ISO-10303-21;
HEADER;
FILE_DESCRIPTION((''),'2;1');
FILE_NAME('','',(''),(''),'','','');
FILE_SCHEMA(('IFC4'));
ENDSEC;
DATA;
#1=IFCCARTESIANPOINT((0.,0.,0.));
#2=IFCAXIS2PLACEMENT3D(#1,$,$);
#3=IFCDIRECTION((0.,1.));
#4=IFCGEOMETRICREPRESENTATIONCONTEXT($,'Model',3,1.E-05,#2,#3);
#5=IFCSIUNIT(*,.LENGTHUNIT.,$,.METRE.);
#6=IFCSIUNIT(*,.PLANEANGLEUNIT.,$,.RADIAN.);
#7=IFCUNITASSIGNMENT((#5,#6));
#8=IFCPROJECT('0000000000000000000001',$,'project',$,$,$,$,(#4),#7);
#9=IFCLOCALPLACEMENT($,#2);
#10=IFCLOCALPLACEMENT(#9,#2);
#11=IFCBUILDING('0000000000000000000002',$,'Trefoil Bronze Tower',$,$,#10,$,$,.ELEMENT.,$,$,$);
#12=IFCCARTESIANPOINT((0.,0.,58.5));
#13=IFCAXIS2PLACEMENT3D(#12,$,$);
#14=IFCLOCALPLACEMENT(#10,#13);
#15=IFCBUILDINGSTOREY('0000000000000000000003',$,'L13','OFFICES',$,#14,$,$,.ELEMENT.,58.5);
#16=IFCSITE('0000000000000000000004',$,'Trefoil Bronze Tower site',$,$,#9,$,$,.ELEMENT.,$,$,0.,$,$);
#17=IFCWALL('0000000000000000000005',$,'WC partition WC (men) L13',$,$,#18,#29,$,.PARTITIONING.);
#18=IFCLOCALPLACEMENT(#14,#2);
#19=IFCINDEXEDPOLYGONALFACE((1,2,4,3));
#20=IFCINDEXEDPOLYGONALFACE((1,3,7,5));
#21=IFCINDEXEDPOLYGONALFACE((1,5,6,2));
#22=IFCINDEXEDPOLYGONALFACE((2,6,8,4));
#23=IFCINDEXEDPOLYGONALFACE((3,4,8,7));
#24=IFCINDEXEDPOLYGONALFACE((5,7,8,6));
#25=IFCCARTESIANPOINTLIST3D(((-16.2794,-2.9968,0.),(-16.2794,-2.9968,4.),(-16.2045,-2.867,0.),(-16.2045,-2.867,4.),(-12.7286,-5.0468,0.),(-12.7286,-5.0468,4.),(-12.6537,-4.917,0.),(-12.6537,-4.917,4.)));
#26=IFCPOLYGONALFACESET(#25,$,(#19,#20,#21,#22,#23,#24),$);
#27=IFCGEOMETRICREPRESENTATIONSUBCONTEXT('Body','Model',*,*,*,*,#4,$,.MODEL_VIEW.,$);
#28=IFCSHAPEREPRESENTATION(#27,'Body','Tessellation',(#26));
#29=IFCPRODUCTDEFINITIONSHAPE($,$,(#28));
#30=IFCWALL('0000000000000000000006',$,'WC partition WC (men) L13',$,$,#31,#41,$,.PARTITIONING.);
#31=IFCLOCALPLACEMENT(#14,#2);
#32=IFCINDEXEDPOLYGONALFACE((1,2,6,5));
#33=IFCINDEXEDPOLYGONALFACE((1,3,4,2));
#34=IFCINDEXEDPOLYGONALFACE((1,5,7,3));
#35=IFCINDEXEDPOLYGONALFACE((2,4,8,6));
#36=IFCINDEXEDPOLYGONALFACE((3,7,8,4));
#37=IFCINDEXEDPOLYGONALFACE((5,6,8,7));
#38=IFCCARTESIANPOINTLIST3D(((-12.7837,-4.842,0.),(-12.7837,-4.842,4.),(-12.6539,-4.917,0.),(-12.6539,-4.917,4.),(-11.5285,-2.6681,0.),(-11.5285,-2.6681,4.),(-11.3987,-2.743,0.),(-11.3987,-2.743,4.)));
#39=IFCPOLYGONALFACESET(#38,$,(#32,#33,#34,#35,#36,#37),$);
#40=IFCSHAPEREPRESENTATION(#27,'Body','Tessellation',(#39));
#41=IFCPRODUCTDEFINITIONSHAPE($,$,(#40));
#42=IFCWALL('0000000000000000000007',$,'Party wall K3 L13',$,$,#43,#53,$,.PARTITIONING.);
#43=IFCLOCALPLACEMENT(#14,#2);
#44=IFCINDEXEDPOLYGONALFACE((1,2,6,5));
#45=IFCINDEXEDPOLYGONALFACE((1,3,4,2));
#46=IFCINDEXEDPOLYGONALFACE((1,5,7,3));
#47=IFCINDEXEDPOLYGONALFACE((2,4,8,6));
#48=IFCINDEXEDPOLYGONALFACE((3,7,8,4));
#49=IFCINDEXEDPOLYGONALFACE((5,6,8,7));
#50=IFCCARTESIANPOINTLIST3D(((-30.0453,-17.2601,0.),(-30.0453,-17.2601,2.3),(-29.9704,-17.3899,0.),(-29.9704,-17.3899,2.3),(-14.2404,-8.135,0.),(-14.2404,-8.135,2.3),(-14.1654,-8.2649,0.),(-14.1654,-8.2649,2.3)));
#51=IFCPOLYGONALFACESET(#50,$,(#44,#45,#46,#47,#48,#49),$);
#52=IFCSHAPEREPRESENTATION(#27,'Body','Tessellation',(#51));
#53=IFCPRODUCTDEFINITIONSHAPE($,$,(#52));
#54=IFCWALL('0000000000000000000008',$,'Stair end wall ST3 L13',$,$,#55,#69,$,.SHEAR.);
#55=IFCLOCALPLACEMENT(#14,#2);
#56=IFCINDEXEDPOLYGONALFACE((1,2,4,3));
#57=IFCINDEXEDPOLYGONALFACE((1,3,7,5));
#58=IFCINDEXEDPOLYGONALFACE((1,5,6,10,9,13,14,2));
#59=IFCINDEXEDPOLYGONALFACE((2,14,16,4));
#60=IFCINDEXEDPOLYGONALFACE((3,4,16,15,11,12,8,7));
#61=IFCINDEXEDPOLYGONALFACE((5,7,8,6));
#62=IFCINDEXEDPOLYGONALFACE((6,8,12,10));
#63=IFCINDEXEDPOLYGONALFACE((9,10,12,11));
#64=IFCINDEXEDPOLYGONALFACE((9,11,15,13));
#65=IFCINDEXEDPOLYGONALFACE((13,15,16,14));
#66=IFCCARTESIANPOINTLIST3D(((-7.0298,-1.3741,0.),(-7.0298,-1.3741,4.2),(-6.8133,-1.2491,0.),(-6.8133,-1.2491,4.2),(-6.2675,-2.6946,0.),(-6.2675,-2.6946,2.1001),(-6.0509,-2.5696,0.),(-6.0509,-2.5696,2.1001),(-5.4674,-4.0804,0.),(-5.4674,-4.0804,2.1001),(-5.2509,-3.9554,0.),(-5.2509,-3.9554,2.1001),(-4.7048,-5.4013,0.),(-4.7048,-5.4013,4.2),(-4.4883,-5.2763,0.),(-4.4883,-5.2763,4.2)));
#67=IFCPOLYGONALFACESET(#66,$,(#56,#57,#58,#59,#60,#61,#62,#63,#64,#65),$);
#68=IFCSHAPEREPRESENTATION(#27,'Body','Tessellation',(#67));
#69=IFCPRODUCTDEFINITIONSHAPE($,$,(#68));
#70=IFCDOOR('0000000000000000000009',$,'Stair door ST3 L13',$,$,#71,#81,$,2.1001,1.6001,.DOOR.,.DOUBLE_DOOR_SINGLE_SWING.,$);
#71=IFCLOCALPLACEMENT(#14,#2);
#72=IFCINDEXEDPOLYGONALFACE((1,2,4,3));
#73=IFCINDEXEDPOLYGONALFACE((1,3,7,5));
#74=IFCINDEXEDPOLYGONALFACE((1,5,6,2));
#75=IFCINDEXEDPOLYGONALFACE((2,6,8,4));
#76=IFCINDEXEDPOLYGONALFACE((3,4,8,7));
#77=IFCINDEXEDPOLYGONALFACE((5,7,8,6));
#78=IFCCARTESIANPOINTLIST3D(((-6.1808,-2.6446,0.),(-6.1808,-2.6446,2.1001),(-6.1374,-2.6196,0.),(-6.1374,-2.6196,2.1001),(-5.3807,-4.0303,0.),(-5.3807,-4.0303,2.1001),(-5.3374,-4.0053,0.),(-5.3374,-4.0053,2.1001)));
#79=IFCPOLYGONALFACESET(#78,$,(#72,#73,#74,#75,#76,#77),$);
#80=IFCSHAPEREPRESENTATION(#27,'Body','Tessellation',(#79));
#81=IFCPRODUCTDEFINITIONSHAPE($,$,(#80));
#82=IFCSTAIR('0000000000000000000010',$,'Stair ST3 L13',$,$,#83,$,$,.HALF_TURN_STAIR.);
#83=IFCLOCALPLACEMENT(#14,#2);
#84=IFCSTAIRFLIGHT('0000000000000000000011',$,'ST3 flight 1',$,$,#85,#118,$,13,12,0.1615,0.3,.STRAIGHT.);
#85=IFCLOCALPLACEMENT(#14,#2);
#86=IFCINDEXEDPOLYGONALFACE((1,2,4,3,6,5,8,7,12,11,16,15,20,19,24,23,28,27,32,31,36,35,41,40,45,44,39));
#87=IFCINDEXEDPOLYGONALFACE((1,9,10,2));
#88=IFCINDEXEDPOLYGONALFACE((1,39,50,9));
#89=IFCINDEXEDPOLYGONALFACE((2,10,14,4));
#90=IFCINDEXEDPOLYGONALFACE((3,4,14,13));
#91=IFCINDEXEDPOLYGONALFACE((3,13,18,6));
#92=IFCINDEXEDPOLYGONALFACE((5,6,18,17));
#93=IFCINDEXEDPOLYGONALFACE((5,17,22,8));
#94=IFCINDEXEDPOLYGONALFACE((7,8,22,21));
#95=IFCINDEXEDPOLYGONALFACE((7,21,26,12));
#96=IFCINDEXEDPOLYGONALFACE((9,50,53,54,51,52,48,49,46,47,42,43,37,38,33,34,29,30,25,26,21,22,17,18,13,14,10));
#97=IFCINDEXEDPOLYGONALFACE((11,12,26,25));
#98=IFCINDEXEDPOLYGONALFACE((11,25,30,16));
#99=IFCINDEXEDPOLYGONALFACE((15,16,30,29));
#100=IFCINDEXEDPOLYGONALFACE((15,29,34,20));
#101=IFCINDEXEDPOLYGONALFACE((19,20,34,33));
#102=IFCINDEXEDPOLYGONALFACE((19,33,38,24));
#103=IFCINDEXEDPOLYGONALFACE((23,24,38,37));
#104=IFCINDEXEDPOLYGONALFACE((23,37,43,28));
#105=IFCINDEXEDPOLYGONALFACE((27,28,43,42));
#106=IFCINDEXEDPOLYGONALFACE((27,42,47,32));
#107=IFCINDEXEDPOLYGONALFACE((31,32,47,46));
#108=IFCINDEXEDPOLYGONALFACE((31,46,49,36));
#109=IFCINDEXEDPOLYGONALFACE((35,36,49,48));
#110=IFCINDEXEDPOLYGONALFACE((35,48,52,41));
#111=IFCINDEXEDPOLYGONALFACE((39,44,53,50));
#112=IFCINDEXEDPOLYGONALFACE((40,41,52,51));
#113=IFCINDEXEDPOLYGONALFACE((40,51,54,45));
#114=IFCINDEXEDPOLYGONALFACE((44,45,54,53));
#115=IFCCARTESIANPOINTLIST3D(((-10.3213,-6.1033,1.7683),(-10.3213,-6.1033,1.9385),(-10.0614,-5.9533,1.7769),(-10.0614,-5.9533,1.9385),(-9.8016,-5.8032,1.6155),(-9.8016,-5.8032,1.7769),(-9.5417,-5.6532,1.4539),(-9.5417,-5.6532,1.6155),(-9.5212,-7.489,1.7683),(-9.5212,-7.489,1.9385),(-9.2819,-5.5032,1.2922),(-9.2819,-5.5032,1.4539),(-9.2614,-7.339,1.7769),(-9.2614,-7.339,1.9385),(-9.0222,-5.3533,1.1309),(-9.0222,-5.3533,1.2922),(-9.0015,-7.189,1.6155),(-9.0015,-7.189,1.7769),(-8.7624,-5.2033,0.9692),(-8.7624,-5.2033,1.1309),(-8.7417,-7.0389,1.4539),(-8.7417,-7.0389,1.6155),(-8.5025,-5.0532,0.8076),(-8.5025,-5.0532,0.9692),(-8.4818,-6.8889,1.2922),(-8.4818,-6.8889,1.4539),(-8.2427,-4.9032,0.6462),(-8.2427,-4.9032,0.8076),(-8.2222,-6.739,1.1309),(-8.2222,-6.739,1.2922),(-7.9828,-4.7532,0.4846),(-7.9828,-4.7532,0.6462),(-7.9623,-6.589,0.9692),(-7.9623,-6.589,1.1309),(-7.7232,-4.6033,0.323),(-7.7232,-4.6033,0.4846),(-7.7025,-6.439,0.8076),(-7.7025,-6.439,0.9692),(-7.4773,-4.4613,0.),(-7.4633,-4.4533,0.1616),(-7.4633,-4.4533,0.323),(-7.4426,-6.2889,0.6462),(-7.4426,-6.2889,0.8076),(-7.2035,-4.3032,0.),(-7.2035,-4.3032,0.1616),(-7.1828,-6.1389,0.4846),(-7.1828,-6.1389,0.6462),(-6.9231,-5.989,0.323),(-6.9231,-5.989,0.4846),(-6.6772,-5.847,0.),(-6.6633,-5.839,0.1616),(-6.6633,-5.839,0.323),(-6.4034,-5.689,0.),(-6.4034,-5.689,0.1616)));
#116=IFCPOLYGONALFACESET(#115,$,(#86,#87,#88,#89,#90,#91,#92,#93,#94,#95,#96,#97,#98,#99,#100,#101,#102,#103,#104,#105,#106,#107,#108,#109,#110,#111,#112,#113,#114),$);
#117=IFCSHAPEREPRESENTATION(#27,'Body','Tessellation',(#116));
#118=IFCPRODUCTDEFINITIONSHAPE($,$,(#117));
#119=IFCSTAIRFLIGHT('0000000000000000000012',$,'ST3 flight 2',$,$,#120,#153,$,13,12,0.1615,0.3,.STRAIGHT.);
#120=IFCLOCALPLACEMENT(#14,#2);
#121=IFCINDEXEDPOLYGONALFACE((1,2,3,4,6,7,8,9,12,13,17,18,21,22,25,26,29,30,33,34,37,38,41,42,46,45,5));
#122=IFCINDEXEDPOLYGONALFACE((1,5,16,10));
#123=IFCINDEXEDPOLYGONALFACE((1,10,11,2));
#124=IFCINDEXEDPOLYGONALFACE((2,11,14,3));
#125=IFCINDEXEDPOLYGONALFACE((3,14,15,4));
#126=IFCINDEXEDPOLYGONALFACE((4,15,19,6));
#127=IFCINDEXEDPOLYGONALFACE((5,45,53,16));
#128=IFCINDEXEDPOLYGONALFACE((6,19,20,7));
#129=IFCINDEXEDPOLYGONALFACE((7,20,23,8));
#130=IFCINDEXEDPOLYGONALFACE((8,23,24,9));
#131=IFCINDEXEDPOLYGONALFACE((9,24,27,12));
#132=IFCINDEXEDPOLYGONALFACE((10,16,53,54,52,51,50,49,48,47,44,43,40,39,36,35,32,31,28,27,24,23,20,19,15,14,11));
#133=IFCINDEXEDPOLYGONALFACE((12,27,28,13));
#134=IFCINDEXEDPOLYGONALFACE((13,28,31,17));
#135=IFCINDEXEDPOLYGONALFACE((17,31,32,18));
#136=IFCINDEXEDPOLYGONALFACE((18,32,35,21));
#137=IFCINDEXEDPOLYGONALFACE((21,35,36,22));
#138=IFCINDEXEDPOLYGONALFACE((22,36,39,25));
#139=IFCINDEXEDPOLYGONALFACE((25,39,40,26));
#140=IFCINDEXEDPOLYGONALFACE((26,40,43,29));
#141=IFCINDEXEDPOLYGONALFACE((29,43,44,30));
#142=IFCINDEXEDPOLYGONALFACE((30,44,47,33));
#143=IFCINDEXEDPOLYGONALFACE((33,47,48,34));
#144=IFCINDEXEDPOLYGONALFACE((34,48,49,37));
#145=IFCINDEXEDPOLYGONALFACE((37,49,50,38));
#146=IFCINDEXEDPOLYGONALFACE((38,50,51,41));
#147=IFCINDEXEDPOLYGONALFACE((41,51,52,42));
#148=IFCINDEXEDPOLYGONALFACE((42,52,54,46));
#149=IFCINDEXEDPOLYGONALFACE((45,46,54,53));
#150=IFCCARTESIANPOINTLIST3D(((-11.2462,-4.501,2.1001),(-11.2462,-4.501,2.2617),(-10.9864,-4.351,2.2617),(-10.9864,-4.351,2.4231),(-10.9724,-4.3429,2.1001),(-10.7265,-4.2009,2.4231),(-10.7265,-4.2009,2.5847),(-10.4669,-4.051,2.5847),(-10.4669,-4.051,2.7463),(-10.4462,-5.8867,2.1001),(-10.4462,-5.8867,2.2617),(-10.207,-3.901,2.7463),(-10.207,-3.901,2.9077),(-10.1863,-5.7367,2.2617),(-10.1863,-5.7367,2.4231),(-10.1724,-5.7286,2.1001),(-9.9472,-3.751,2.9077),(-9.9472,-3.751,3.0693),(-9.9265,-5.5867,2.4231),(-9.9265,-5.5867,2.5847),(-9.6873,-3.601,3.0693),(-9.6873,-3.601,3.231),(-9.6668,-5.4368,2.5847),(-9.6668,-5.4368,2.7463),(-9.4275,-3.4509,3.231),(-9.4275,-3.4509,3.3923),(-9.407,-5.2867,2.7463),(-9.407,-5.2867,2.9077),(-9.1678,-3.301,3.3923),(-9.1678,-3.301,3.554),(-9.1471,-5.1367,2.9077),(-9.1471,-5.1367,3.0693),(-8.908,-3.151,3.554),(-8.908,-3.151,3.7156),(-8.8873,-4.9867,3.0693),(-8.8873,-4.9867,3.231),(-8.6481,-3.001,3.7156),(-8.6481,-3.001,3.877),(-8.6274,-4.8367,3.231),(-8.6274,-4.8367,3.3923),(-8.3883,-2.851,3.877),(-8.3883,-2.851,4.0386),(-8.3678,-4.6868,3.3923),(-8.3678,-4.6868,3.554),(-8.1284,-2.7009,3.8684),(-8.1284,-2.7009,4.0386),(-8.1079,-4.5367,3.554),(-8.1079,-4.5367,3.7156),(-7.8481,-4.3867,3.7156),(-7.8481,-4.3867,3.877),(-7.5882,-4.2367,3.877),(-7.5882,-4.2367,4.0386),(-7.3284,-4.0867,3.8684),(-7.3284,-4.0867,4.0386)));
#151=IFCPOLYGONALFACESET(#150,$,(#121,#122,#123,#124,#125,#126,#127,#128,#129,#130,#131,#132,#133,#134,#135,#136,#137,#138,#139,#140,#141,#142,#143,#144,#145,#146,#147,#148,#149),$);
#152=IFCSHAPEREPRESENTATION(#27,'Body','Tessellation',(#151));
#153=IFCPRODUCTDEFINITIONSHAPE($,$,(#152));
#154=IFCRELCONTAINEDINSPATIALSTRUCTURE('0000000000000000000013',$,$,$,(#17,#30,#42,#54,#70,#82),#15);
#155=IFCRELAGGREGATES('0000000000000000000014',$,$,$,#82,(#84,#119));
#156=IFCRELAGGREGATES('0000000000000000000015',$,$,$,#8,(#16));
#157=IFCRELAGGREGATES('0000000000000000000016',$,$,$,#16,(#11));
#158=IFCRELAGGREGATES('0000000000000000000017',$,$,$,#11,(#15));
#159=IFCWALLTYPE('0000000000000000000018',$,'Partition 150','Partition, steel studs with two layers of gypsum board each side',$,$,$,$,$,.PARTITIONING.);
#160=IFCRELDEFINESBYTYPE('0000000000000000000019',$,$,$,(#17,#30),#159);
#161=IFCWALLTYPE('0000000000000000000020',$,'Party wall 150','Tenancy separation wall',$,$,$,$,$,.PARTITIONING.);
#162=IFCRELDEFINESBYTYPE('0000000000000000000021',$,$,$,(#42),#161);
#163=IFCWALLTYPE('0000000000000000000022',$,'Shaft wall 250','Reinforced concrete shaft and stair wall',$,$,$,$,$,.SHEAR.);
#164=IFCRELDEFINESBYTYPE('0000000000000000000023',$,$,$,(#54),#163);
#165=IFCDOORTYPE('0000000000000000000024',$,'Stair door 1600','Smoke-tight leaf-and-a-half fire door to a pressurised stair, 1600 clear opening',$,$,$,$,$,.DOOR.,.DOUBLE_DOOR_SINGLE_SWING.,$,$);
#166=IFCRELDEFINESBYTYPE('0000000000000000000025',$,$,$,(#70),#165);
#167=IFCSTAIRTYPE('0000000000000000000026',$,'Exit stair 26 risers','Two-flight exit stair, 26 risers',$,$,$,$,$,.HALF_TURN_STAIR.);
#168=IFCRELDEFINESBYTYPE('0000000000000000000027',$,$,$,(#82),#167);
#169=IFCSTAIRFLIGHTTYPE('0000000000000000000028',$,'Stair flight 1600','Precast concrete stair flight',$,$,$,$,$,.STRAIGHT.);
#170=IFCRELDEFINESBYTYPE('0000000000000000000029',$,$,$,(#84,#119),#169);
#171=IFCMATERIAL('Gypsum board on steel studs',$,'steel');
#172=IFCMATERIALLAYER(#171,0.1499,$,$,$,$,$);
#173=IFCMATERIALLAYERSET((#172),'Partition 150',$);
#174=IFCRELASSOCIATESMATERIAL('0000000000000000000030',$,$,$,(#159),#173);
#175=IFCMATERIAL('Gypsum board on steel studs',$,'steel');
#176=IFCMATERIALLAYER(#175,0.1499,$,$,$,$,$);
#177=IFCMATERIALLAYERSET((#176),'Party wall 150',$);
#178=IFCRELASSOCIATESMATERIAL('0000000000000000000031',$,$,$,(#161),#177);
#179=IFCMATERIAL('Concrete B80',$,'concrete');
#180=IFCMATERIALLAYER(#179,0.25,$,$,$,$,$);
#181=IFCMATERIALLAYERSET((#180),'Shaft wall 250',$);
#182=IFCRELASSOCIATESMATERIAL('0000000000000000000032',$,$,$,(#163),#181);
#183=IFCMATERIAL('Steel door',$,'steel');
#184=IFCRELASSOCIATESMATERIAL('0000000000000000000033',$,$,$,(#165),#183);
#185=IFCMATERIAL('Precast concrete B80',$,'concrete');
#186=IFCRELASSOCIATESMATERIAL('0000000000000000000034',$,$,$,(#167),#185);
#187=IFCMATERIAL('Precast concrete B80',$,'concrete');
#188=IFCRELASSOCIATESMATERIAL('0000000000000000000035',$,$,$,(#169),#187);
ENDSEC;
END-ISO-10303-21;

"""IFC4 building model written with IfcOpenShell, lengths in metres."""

from ifc_helpers import new_model, si_unit, direction, frame, frame_2d, origin, place, context, subcontext, project, spatial, polyline, rectangle, outline, extrude, material, layer, layer_set, type_object, element, fill, aggregate, save


model = new_model("IFC4")

# Units and contexts
model_context = context("Model", 3, precision=1e-05, world=origin(), true_north=direction((0.0, 1.0)))
body_context = subcontext(model_context, "Body", "Model", "MODEL_VIEW")
ifc_project = project(units=[si_unit("LENGTHUNIT", "METRE"), si_unit("PLANEANGLEUNIT", "RADIAN")], contexts=[model_context])

# Site, building, storey
site_placement = place(None, origin())
site = spatial("IfcSite", under=ifc_project, at=site_placement, Name="Trefoil Bronze Tower site", CompositionType="ELEMENT", RefElevation=0.0)
building_placement = place(site_placement, origin())
building = spatial("IfcBuilding", under=site, at=building_placement, Name="Trefoil Bronze Tower", CompositionType="ELEMENT")
storey_placement = place(building_placement, frame((0.0, 0.0, 58.5)))
storey = spatial("IfcBuildingStorey", under=building, at=storey_placement, Name="L13", Description="OFFICES", CompositionType="ELEMENT", Elevation=58.5)

# Shared definitions
ifc_material_1 = material(Name="Gypsum board on steel studs", Category="steel")
ifc_layer_1 = layer(ifc_material_1, 0.1499)
ifc_layer_set_1 = layer_set([ifc_layer_1], Name="Partition 150")
wall_type_1 = type_object("IfcWallType", Name="Partition 150", Description="Partition, steel studs with two layers of gypsum board each side", PredefinedType="PARTITIONING", material=ifc_layer_set_1)

# Walls
wall_1_placement = place(storey_placement, frame((-12.6912, -4.9819, 0.0), z_axis=(0.0, 0.0, 1.0), x_axis=(-0.866025, 0.500001, 0.0)))
element("IfcWall", 1, at=wall_1_placement, inside=storey, type_object=wall_type_1, Name="WC partition WC (men) L13", PredefinedType="PARTITIONING", context=body_context, shape_type="SweptSolid", body=[
    extrude(rectangle(XDim=4.1001, YDim=0.1499, at=frame_2d((2.05, 0.0))), origin(), (0.0, 0.0, 1.0), 4.0),
])
wall_2_placement = place(storey_placement, frame((-11.4636, -2.7056, 0.0), z_axis=(0.0, 0.0, 1.0), x_axis=(-0.50002, -0.866014, 0.0)))
element("IfcWall", 2, at=wall_2_placement, inside=storey, type_object=wall_type_1, Name="WC partition WC (men) L13", PredefinedType="PARTITIONING", context=body_context, shape_type="SweptSolid", body=[
    extrude(rectangle(XDim=2.5103, YDim=0.1499, at=frame_2d((1.2551, 0.0))), origin(), (0.0, 0.0, 1.0), 4.0),
])
ifc_material_2 = material(Name="Gypsum board on steel studs", Category="steel")
ifc_layer_2 = layer(ifc_material_2, 0.1499)
ifc_layer_set_2 = layer_set([ifc_layer_2], Name="Party wall 150")
wall_type_2 = type_object("IfcWallType", Name="Party wall 150", Description="Tenancy separation wall", PredefinedType="PARTITIONING", material=ifc_layer_set_2)
wall_3_placement = place(storey_placement, frame((-14.2029, -8.2, 0.0), z_axis=(0.0, 0.0, 1.0), x_axis=(-0.866025, -0.500001, 0.0)))
element("IfcWall", 3, at=wall_3_placement, inside=storey, type_object=wall_type_2, Name="Party wall K3 L13", PredefinedType="PARTITIONING", context=body_context, shape_type="SweptSolid", body=[
    extrude(rectangle(XDim=18.25, YDim=0.1499, at=frame_2d((9.125, 0.0))), origin(), (0.0, 0.0, 1.0), 2.3),
])

# Wall, opening, door
ifc_material_3 = material(Name="Concrete B80", Category="concrete")
ifc_layer_3 = layer(ifc_material_3, 0.25)
ifc_layer_set_3 = layer_set([ifc_layer_3], Name="Shaft wall 250")
wall_type_3 = type_object("IfcWallType", Name="Shaft wall 250", Description="Reinforced concrete shaft and stair wall", PredefinedType="SHEAR", material=ifc_layer_set_3)
wall_4_placement = place(storey_placement, frame((-6.9216, -1.3115, 0.0), z_axis=(0.0, 0.0, 1.0), x_axis=(0.499985, -0.866034, 0.0)))
wall_4 = element("IfcWall", 4, at=wall_4_placement, inside=storey, type_object=wall_type_3, Name="Stair end wall ST3 L13", PredefinedType="SHEAR", context=body_context, shape_type="SweptSolid", body=[
    extrude(rectangle(XDim=4.6501, YDim=0.25, at=frame_2d((2.3252, 0.0))), origin(), (0.0, 0.0, 1.0), 4.2),
])
opening_1_placement = place(wall_4_placement, frame((1.5249, 0.0, 0.0)))
opening_1 = element("IfcOpeningElement", 5, at=opening_1_placement, cuts=wall_4, PredefinedType="OPENING", context=body_context, shape_type="SweptSolid", body=[
    extrude(rectangle(XDim=1.6001, YDim=2.1001, at=frame_2d((0.8, 1.05))), frame((0.0, 0.135, 0.0), z_axis=(0.0, -1.0, 0.0), x_axis=(1.0, 0.0, 0.0)), (0.0, 0.0, 1.0), 0.27),
])
ifc_material_4 = material(Name="Steel door", Category="steel")
door_type_1 = type_object("IfcDoorType", Name="Stair door 1600", Description="Smoke-tight leaf-and-a-half fire door to a pressurised stair, 1600 clear opening", OperationType="DOUBLE_DOOR_SINGLE_SWING", PredefinedType="DOOR", material=ifc_material_4)
door_1_placement = place(opening_1_placement, frame((1.6001, 0.0, 0.0), z_axis=(0.0, 0.0, 1.0), x_axis=(-1.0, 0.0, 0.0)))
door_1 = element("IfcDoor", 6, at=door_1_placement, inside=storey, type_object=door_type_1, Name="Stair door ST3 L13", OperationType="DOUBLE_DOOR_SINGLE_SWING", OverallHeight=2.1001, OverallWidth=1.6001, PredefinedType="DOOR", context=body_context, shape_type="SweptSolid", body=[
    extrude(rectangle(XDim=1.6001, YDim=2.1001, at=frame_2d((0.8, 1.05))), frame((0.0, 0.0249, 0.0), z_axis=(0.0, -1.0, 0.0), x_axis=(1.0, 0.0, 0.0)), (0.0, 0.0, 1.0), 0.05),
])
fill(opening_1, door_1)

# Stair, stair flights
ifc_material_5 = material(Name="Precast concrete B80", Category="concrete")
stair_type = type_object("IfcStairType", Name="Exit stair 26 risers", Description="Two-flight exit stair, 26 risers", PredefinedType="HALF_TURN_STAIR", material=ifc_material_5)
stair_placement = place(storey_placement, origin())
stair = element("IfcStair", 7, at=stair_placement, inside=storey, type_object=stair_type, Name="Stair ST3 L13", PredefinedType="HALF_TURN_STAIR")
ifc_material_6 = material(Name="Precast concrete B80", Category="concrete")
stair_flight_type = type_object("IfcStairFlightType", Name="Stair flight 1600", Description="Precast concrete stair flight", PredefinedType="STRAIGHT", material=ifc_material_6)
stair_flight_1_placement = place(storey_placement, frame((-6.8035, -4.9961, 0.0), z_axis=(0.0, 0.0, 1.0), x_axis=(-0.866025, -0.5, 0.0)))
stair_flight_1 = element("IfcStairFlight", 8, at=stair_flight_1_placement, type_object=stair_flight_type, Name="ST3 flight 1", NumberOfRisers=13, NumberOfTreads=12, PredefinedType="STRAIGHT", RiserHeight=0.1615, TreadLength=0.3, context=body_context, shape_type="SweptSolid", body=[
    extrude(outline(polyline([(0.0, 0.0), (0.0, 0.1616), (0.3, 0.1616), (0.3, 0.323), (0.6001, 0.323), (0.6001, 0.4846), (0.8999, 0.4846), (0.8999, 0.6462), (1.2, 0.6462), (1.2, 0.8076), (1.5, 0.8076), (1.5, 0.9692), (1.8, 0.9692), (1.8, 1.1309), (2.1001, 1.1309), (2.1001, 1.2922), (2.3999, 1.2922), (2.3999, 1.4539), (2.7, 1.4539), (2.7, 1.6155), (3.0, 1.6155), (3.0, 1.7769), (3.3, 1.7769), (3.3, 1.9385), (3.6001, 1.9385), (3.6001, 2.1001), (3.6001, 1.7683), (0.3162, 0.0), (0.0, 0.0)])), frame((0.0, 0.8, 0.0), z_axis=(0.0, -1.0, 0.0), x_axis=(1.0, 0.0, 0.0)), (0.0, 0.0, 1.0), 1.6001),
])
stair_flight_2_placement = place(storey_placement, frame((-10.8462, -5.1938, 2.1001), z_axis=(0.0, 0.0, 1.0), x_axis=(0.866025, 0.5, 0.0)))
stair_flight_2 = element("IfcStairFlight", 9, at=stair_flight_2_placement, type_object=stair_flight_type, Name="ST3 flight 2", NumberOfRisers=13, NumberOfTreads=12, PredefinedType="STRAIGHT", RiserHeight=0.1615, TreadLength=0.3, context=body_context, shape_type="SweptSolid", body=[
    extrude(outline(polyline([(0.0, 0.0), (0.0, 0.1616), (0.3, 0.1616), (0.3, 0.323), (0.6001, 0.323), (0.6001, 0.4846), (0.8999, 0.4846), (0.8999, 0.6462), (1.2, 0.6462), (1.2, 0.8076), (1.5, 0.8076), (1.5, 0.9692), (1.8, 0.9692), (1.8, 1.1309), (2.1001, 1.1309), (2.1001, 1.2922), (2.3999, 1.2922), (2.3999, 1.4539), (2.7, 1.4539), (2.7, 1.6155), (3.0, 1.6155), (3.0, 1.7769), (3.3, 1.7769), (3.3, 1.9385), (3.6001, 1.9385), (3.6001, 2.1001), (3.6001, 1.7683), (0.3162, 0.0), (0.0, 0.0)])), frame((0.0, 0.8, 0.0), z_axis=(0.0, -1.0, 0.0), x_axis=(1.0, 0.0, 0.0)), (0.0, 0.0, 1.0), 1.6001),
])
aggregate(stair, [stair_flight_1, stair_flight_2])

save(model, "model.ifc")
